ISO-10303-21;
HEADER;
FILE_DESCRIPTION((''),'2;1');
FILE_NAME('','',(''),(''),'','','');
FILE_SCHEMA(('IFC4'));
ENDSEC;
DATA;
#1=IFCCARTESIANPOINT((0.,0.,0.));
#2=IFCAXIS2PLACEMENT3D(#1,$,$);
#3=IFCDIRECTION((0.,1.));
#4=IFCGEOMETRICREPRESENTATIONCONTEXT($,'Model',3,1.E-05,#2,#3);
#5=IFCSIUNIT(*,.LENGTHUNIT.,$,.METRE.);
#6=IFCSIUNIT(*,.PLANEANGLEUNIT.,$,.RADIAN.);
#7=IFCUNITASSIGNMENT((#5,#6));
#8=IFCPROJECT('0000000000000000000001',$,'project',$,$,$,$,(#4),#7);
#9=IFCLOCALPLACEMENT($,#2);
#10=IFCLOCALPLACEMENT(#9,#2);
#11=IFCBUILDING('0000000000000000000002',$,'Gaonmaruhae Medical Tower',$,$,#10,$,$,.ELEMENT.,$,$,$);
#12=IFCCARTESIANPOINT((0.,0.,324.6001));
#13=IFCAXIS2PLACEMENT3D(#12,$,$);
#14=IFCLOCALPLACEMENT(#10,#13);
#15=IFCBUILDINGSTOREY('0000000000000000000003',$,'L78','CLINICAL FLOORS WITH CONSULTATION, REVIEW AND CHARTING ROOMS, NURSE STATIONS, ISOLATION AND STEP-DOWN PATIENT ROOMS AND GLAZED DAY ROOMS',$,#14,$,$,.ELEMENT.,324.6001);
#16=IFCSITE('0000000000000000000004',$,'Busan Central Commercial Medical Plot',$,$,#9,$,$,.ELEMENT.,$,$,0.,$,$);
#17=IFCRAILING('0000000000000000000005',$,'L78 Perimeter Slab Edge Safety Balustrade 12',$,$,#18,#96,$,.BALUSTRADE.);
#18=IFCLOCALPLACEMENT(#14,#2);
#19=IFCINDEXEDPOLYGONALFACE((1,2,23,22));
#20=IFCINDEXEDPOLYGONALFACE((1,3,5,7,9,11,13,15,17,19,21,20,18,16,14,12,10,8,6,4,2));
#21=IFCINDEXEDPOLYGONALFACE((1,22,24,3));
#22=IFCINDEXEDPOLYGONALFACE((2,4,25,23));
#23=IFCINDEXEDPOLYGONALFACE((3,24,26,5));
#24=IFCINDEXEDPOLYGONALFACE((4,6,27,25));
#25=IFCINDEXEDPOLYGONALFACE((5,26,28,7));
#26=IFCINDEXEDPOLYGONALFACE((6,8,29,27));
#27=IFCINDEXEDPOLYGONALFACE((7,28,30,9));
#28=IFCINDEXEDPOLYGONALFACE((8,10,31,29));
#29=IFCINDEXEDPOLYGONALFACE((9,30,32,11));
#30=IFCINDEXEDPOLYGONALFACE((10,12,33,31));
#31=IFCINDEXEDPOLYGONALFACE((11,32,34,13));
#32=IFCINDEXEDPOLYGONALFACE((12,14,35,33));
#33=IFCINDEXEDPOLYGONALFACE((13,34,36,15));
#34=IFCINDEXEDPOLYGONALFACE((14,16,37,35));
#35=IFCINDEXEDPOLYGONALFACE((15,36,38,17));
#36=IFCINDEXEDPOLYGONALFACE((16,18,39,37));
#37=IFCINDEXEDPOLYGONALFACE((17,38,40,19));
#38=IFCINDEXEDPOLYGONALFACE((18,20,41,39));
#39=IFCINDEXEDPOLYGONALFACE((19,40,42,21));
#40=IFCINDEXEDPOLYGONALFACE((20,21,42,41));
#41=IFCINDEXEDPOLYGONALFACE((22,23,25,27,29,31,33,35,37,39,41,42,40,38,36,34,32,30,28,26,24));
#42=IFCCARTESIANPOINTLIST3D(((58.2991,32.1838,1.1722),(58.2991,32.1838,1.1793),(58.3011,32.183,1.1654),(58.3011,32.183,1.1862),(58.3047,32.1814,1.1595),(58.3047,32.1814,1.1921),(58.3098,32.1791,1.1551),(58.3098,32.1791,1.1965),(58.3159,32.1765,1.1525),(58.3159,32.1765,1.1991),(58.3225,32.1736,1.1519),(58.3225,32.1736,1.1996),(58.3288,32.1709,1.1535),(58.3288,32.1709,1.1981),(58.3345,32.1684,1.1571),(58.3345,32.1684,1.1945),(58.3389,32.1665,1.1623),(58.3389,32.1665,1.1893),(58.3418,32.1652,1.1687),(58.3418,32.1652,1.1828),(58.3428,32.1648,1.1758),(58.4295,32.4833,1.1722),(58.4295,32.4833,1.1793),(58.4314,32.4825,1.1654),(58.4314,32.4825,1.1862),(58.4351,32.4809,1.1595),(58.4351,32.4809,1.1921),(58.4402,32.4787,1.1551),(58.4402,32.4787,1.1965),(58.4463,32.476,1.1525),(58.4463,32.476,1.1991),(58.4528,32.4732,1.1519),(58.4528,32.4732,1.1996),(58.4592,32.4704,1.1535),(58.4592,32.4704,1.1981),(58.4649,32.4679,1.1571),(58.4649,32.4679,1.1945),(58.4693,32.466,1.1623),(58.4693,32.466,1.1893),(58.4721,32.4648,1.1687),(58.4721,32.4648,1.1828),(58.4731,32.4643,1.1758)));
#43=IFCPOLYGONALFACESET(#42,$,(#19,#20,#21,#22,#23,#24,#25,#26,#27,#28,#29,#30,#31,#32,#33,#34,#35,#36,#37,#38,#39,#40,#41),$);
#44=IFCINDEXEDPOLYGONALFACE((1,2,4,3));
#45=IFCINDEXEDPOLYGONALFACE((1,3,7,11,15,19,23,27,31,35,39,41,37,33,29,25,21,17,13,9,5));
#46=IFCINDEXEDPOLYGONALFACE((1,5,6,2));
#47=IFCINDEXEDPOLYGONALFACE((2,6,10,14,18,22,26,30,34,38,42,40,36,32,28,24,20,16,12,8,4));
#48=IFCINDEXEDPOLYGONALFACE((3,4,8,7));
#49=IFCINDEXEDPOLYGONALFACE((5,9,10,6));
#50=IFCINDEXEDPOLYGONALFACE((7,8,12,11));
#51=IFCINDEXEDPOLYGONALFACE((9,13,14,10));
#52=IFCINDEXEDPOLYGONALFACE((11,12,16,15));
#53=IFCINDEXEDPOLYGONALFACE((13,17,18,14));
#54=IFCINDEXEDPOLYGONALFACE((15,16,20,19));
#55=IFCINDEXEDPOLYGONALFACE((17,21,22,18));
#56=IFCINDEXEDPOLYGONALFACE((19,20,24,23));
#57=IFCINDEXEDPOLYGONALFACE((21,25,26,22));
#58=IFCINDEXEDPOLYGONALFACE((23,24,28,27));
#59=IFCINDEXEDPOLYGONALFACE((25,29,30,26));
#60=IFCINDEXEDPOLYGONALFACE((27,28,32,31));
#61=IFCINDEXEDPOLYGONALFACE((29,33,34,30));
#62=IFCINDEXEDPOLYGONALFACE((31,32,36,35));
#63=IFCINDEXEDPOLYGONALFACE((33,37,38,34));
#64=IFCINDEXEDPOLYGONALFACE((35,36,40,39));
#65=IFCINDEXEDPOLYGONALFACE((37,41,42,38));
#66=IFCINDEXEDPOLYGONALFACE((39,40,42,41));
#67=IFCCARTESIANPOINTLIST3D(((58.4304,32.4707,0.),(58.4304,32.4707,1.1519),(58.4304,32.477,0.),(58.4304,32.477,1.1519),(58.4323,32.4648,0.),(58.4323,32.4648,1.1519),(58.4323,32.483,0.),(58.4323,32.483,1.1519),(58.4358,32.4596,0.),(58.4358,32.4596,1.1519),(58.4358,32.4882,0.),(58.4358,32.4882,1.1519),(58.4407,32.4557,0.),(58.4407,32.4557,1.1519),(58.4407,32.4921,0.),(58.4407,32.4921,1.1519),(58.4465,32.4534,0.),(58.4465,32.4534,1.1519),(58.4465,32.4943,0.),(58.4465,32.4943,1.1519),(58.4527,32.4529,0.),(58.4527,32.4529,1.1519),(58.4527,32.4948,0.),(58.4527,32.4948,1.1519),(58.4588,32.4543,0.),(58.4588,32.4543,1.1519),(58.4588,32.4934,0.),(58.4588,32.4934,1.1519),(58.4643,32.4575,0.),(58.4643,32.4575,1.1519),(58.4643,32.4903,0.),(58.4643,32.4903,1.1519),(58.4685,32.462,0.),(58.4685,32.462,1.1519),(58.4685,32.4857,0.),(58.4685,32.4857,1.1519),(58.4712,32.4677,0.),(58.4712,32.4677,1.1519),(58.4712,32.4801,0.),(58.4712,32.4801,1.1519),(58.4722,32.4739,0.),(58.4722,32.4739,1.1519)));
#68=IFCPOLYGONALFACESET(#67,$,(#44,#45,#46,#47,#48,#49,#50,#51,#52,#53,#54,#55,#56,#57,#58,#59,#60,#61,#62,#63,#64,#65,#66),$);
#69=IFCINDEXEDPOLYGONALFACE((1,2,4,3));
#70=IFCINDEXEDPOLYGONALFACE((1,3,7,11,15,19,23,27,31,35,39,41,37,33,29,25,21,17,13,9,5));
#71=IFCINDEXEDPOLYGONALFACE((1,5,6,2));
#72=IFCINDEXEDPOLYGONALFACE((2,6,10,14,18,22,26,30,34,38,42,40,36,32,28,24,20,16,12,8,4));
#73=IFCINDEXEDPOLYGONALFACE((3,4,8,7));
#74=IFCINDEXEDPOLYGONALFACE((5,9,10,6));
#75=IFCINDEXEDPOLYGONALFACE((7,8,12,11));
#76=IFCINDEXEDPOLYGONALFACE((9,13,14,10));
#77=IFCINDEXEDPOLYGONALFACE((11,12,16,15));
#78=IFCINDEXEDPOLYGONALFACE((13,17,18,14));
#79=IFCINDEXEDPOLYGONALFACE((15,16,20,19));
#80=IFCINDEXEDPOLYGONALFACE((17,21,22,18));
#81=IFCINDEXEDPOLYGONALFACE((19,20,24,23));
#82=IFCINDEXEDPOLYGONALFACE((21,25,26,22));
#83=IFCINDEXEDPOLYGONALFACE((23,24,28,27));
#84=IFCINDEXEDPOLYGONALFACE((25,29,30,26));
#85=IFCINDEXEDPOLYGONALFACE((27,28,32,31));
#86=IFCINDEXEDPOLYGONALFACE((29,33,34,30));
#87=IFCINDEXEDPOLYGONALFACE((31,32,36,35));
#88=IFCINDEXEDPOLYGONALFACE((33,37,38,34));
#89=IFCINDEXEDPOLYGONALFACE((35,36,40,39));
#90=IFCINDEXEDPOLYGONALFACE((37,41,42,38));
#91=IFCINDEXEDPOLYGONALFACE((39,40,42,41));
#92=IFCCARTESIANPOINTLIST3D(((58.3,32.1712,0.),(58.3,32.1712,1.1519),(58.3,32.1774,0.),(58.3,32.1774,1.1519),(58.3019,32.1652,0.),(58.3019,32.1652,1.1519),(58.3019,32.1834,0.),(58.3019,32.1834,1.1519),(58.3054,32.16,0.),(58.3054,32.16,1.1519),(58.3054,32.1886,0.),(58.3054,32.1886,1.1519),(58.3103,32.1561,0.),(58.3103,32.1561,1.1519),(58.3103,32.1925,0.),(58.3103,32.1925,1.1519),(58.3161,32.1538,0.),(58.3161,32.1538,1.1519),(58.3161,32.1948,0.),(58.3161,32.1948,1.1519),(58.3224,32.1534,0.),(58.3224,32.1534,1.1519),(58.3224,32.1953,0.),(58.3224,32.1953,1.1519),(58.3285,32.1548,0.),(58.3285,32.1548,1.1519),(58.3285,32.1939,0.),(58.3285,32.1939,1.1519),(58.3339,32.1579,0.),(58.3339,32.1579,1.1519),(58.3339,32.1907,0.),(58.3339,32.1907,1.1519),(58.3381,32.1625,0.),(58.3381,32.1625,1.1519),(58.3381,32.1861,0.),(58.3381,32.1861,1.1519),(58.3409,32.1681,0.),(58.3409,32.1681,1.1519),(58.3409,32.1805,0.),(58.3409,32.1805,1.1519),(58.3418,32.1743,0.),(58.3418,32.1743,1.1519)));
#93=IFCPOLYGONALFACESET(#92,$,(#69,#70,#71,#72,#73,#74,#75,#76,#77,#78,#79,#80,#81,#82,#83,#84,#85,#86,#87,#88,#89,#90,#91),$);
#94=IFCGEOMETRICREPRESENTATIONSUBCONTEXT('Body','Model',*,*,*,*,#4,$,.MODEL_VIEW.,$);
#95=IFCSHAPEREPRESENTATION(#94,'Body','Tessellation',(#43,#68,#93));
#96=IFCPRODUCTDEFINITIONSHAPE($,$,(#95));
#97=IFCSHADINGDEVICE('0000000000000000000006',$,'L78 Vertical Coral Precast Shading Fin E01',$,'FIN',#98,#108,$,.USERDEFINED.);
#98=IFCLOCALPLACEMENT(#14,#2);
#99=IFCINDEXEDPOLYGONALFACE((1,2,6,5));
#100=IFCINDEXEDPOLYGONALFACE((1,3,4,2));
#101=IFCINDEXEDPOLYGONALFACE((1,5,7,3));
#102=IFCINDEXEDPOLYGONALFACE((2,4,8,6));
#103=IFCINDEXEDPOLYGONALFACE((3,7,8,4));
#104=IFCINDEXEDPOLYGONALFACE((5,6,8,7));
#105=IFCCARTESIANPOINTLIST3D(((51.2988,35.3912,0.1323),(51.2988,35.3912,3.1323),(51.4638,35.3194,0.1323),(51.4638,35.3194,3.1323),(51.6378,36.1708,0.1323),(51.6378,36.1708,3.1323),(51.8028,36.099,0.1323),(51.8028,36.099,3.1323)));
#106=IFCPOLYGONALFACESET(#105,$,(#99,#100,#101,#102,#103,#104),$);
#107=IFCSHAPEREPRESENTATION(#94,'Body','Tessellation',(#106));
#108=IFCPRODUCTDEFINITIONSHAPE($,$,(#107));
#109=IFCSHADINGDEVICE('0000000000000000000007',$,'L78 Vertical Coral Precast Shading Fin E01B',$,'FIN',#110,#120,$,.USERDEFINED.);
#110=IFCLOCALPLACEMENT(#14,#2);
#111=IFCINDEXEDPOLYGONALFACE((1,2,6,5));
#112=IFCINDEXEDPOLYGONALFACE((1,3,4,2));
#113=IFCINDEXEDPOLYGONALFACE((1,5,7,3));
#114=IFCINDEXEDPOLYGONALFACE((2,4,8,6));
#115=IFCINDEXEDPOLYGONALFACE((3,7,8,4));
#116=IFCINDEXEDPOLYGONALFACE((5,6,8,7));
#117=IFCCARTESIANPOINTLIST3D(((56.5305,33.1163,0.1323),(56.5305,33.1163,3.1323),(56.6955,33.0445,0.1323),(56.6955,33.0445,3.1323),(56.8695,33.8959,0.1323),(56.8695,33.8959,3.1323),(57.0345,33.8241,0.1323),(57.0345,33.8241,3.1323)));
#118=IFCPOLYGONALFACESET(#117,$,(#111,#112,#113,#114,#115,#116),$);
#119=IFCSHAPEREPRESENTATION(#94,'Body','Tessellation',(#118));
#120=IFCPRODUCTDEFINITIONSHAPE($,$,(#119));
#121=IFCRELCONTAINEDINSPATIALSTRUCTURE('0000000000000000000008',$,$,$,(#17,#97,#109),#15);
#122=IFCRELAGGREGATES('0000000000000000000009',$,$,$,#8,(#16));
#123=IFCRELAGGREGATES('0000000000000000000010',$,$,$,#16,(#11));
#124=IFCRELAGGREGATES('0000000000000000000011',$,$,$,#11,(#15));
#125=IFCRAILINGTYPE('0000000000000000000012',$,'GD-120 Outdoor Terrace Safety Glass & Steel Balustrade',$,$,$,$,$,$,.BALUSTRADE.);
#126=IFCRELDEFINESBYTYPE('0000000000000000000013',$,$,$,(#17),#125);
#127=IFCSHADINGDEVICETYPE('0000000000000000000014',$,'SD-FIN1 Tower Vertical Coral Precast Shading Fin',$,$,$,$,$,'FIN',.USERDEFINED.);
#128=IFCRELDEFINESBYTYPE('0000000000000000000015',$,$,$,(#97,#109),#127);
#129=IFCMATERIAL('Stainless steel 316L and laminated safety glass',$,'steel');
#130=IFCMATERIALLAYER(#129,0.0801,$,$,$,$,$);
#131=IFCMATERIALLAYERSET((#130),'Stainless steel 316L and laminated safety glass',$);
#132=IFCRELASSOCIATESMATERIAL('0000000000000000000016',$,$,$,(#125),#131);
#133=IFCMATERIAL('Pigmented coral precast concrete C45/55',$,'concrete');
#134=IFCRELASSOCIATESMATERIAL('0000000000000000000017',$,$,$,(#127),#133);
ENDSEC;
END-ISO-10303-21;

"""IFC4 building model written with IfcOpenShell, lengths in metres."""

from ifc_helpers import new_model, si_unit, direction, frame, origin, origin_2d, place, context, subcontext, project, spatial, rectangle, circle, extrude, material, layer, layer_set, type_object, element, save


model = new_model("IFC4")

# Units and contexts
model_context = context("Model", 3, precision=1e-05, world=origin(), true_north=direction((0.0, 1.0)))
body_context = subcontext(model_context, "Body", "Model", "MODEL_VIEW")
ifc_project = project(units=[si_unit("LENGTHUNIT", "METRE"), si_unit("PLANEANGLEUNIT", "RADIAN")], contexts=[model_context])

# Site, building, storey
site_placement = place(None, origin())
site = spatial("IfcSite", under=ifc_project, at=site_placement, Name="Busan Central Commercial Medical Plot", CompositionType="ELEMENT", RefElevation=0.0)
building_placement = place(site_placement, origin())
building = spatial("IfcBuilding", under=site, at=building_placement, Name="Gaonmaruhae Medical Tower", CompositionType="ELEMENT")
storey_placement = place(building_placement, frame((0.0, 0.0, 324.6001)))
storey = spatial("IfcBuildingStorey", under=building, at=storey_placement, Name="L78", Description="CLINICAL FLOORS WITH CONSULTATION, REVIEW AND CHARTING ROOMS, NURSE STATIONS, ISOLATION AND STEP-DOWN PATIENT ROOMS AND GLAZED DAY ROOMS", CompositionType="ELEMENT", Elevation=324.6001)

# Railing
ifc_material_1 = material(Name="Stainless steel 316L and laminated safety glass", Category="steel")
ifc_layer_1 = layer(ifc_material_1, 0.0801)
ifc_layer_set_1 = layer_set([ifc_layer_1], Name="Stainless steel 316L and laminated safety glass")
railing_type = type_object("IfcRailingType", Name="GD-120 Outdoor Terrace Safety Glass & Steel Balustrade", PredefinedType="BALUSTRADE", material=ifc_layer_set_1)
railing_1_placement = place(storey_placement, frame((58.4512, 32.4739, 0.0)))
element("IfcRailing", 1, at=railing_1_placement, inside=storey, type_object=railing_type, Name="L78 Perimeter Slab Edge Safety Balustrade 12", PredefinedType="BALUSTRADE", context=body_context, shape_type="SweptSolid", body=[
    extrude(circle(Radius=0.0239, at=origin_2d()), frame((0.0, 0.0, 1.1758), z_axis=(-0.399054, -0.916927, 0.0), x_axis=(0.916927, -0.399054, 0.0)), (0.0, 0.0, 1.0), 0.3267),
    extrude(circle(Radius=0.021, at=origin_2d()), origin(), (0.0, 0.0, 1.0), 1.1519),
    extrude(circle(Radius=0.021, at=origin_2d()), frame((-0.1304, -0.2996, 0.0)), (0.0, 0.0, 1.0), 1.1519),
])

# Shading devices
ifc_material_2 = material(Name="Pigmented coral precast concrete C45/55", Category="concrete")
shading_device_type = type_object("IfcShadingDeviceType", Name="SD-FIN1 Tower Vertical Coral Precast Shading Fin", ElementType="FIN", PredefinedType="USERDEFINED", material=ifc_material_2)
for number, where, z_axis, x_axis, name in (
    (2, (51.5508, 35.7451, 0.1323), (0.0, 0.0, 1.0), (0.91706, -0.398749, 0.0), "L78 Vertical Coral Precast Shading Fin E01"),
    (3, (56.7825, 33.4702, 0.1323), (0.0, 0.0, 1.0), (0.91706, -0.398749, 0.0), "L78 Vertical Coral Precast Shading Fin E01B"),
):
    element("IfcShadingDevice", number, at=place(storey_placement, frame(where, z_axis=z_axis, x_axis=x_axis)), inside=storey, type_object=shading_device_type, Name=name, ObjectType="FIN", PredefinedType="USERDEFINED", context=body_context, shape_type="SweptSolid", body=[
        extrude(rectangle(XDim=0.1799, YDim=0.8501, at=origin_2d()), origin(), (0.0, 0.0, 1.0), 3.0),
    ])

save(model, "model.ifc")
